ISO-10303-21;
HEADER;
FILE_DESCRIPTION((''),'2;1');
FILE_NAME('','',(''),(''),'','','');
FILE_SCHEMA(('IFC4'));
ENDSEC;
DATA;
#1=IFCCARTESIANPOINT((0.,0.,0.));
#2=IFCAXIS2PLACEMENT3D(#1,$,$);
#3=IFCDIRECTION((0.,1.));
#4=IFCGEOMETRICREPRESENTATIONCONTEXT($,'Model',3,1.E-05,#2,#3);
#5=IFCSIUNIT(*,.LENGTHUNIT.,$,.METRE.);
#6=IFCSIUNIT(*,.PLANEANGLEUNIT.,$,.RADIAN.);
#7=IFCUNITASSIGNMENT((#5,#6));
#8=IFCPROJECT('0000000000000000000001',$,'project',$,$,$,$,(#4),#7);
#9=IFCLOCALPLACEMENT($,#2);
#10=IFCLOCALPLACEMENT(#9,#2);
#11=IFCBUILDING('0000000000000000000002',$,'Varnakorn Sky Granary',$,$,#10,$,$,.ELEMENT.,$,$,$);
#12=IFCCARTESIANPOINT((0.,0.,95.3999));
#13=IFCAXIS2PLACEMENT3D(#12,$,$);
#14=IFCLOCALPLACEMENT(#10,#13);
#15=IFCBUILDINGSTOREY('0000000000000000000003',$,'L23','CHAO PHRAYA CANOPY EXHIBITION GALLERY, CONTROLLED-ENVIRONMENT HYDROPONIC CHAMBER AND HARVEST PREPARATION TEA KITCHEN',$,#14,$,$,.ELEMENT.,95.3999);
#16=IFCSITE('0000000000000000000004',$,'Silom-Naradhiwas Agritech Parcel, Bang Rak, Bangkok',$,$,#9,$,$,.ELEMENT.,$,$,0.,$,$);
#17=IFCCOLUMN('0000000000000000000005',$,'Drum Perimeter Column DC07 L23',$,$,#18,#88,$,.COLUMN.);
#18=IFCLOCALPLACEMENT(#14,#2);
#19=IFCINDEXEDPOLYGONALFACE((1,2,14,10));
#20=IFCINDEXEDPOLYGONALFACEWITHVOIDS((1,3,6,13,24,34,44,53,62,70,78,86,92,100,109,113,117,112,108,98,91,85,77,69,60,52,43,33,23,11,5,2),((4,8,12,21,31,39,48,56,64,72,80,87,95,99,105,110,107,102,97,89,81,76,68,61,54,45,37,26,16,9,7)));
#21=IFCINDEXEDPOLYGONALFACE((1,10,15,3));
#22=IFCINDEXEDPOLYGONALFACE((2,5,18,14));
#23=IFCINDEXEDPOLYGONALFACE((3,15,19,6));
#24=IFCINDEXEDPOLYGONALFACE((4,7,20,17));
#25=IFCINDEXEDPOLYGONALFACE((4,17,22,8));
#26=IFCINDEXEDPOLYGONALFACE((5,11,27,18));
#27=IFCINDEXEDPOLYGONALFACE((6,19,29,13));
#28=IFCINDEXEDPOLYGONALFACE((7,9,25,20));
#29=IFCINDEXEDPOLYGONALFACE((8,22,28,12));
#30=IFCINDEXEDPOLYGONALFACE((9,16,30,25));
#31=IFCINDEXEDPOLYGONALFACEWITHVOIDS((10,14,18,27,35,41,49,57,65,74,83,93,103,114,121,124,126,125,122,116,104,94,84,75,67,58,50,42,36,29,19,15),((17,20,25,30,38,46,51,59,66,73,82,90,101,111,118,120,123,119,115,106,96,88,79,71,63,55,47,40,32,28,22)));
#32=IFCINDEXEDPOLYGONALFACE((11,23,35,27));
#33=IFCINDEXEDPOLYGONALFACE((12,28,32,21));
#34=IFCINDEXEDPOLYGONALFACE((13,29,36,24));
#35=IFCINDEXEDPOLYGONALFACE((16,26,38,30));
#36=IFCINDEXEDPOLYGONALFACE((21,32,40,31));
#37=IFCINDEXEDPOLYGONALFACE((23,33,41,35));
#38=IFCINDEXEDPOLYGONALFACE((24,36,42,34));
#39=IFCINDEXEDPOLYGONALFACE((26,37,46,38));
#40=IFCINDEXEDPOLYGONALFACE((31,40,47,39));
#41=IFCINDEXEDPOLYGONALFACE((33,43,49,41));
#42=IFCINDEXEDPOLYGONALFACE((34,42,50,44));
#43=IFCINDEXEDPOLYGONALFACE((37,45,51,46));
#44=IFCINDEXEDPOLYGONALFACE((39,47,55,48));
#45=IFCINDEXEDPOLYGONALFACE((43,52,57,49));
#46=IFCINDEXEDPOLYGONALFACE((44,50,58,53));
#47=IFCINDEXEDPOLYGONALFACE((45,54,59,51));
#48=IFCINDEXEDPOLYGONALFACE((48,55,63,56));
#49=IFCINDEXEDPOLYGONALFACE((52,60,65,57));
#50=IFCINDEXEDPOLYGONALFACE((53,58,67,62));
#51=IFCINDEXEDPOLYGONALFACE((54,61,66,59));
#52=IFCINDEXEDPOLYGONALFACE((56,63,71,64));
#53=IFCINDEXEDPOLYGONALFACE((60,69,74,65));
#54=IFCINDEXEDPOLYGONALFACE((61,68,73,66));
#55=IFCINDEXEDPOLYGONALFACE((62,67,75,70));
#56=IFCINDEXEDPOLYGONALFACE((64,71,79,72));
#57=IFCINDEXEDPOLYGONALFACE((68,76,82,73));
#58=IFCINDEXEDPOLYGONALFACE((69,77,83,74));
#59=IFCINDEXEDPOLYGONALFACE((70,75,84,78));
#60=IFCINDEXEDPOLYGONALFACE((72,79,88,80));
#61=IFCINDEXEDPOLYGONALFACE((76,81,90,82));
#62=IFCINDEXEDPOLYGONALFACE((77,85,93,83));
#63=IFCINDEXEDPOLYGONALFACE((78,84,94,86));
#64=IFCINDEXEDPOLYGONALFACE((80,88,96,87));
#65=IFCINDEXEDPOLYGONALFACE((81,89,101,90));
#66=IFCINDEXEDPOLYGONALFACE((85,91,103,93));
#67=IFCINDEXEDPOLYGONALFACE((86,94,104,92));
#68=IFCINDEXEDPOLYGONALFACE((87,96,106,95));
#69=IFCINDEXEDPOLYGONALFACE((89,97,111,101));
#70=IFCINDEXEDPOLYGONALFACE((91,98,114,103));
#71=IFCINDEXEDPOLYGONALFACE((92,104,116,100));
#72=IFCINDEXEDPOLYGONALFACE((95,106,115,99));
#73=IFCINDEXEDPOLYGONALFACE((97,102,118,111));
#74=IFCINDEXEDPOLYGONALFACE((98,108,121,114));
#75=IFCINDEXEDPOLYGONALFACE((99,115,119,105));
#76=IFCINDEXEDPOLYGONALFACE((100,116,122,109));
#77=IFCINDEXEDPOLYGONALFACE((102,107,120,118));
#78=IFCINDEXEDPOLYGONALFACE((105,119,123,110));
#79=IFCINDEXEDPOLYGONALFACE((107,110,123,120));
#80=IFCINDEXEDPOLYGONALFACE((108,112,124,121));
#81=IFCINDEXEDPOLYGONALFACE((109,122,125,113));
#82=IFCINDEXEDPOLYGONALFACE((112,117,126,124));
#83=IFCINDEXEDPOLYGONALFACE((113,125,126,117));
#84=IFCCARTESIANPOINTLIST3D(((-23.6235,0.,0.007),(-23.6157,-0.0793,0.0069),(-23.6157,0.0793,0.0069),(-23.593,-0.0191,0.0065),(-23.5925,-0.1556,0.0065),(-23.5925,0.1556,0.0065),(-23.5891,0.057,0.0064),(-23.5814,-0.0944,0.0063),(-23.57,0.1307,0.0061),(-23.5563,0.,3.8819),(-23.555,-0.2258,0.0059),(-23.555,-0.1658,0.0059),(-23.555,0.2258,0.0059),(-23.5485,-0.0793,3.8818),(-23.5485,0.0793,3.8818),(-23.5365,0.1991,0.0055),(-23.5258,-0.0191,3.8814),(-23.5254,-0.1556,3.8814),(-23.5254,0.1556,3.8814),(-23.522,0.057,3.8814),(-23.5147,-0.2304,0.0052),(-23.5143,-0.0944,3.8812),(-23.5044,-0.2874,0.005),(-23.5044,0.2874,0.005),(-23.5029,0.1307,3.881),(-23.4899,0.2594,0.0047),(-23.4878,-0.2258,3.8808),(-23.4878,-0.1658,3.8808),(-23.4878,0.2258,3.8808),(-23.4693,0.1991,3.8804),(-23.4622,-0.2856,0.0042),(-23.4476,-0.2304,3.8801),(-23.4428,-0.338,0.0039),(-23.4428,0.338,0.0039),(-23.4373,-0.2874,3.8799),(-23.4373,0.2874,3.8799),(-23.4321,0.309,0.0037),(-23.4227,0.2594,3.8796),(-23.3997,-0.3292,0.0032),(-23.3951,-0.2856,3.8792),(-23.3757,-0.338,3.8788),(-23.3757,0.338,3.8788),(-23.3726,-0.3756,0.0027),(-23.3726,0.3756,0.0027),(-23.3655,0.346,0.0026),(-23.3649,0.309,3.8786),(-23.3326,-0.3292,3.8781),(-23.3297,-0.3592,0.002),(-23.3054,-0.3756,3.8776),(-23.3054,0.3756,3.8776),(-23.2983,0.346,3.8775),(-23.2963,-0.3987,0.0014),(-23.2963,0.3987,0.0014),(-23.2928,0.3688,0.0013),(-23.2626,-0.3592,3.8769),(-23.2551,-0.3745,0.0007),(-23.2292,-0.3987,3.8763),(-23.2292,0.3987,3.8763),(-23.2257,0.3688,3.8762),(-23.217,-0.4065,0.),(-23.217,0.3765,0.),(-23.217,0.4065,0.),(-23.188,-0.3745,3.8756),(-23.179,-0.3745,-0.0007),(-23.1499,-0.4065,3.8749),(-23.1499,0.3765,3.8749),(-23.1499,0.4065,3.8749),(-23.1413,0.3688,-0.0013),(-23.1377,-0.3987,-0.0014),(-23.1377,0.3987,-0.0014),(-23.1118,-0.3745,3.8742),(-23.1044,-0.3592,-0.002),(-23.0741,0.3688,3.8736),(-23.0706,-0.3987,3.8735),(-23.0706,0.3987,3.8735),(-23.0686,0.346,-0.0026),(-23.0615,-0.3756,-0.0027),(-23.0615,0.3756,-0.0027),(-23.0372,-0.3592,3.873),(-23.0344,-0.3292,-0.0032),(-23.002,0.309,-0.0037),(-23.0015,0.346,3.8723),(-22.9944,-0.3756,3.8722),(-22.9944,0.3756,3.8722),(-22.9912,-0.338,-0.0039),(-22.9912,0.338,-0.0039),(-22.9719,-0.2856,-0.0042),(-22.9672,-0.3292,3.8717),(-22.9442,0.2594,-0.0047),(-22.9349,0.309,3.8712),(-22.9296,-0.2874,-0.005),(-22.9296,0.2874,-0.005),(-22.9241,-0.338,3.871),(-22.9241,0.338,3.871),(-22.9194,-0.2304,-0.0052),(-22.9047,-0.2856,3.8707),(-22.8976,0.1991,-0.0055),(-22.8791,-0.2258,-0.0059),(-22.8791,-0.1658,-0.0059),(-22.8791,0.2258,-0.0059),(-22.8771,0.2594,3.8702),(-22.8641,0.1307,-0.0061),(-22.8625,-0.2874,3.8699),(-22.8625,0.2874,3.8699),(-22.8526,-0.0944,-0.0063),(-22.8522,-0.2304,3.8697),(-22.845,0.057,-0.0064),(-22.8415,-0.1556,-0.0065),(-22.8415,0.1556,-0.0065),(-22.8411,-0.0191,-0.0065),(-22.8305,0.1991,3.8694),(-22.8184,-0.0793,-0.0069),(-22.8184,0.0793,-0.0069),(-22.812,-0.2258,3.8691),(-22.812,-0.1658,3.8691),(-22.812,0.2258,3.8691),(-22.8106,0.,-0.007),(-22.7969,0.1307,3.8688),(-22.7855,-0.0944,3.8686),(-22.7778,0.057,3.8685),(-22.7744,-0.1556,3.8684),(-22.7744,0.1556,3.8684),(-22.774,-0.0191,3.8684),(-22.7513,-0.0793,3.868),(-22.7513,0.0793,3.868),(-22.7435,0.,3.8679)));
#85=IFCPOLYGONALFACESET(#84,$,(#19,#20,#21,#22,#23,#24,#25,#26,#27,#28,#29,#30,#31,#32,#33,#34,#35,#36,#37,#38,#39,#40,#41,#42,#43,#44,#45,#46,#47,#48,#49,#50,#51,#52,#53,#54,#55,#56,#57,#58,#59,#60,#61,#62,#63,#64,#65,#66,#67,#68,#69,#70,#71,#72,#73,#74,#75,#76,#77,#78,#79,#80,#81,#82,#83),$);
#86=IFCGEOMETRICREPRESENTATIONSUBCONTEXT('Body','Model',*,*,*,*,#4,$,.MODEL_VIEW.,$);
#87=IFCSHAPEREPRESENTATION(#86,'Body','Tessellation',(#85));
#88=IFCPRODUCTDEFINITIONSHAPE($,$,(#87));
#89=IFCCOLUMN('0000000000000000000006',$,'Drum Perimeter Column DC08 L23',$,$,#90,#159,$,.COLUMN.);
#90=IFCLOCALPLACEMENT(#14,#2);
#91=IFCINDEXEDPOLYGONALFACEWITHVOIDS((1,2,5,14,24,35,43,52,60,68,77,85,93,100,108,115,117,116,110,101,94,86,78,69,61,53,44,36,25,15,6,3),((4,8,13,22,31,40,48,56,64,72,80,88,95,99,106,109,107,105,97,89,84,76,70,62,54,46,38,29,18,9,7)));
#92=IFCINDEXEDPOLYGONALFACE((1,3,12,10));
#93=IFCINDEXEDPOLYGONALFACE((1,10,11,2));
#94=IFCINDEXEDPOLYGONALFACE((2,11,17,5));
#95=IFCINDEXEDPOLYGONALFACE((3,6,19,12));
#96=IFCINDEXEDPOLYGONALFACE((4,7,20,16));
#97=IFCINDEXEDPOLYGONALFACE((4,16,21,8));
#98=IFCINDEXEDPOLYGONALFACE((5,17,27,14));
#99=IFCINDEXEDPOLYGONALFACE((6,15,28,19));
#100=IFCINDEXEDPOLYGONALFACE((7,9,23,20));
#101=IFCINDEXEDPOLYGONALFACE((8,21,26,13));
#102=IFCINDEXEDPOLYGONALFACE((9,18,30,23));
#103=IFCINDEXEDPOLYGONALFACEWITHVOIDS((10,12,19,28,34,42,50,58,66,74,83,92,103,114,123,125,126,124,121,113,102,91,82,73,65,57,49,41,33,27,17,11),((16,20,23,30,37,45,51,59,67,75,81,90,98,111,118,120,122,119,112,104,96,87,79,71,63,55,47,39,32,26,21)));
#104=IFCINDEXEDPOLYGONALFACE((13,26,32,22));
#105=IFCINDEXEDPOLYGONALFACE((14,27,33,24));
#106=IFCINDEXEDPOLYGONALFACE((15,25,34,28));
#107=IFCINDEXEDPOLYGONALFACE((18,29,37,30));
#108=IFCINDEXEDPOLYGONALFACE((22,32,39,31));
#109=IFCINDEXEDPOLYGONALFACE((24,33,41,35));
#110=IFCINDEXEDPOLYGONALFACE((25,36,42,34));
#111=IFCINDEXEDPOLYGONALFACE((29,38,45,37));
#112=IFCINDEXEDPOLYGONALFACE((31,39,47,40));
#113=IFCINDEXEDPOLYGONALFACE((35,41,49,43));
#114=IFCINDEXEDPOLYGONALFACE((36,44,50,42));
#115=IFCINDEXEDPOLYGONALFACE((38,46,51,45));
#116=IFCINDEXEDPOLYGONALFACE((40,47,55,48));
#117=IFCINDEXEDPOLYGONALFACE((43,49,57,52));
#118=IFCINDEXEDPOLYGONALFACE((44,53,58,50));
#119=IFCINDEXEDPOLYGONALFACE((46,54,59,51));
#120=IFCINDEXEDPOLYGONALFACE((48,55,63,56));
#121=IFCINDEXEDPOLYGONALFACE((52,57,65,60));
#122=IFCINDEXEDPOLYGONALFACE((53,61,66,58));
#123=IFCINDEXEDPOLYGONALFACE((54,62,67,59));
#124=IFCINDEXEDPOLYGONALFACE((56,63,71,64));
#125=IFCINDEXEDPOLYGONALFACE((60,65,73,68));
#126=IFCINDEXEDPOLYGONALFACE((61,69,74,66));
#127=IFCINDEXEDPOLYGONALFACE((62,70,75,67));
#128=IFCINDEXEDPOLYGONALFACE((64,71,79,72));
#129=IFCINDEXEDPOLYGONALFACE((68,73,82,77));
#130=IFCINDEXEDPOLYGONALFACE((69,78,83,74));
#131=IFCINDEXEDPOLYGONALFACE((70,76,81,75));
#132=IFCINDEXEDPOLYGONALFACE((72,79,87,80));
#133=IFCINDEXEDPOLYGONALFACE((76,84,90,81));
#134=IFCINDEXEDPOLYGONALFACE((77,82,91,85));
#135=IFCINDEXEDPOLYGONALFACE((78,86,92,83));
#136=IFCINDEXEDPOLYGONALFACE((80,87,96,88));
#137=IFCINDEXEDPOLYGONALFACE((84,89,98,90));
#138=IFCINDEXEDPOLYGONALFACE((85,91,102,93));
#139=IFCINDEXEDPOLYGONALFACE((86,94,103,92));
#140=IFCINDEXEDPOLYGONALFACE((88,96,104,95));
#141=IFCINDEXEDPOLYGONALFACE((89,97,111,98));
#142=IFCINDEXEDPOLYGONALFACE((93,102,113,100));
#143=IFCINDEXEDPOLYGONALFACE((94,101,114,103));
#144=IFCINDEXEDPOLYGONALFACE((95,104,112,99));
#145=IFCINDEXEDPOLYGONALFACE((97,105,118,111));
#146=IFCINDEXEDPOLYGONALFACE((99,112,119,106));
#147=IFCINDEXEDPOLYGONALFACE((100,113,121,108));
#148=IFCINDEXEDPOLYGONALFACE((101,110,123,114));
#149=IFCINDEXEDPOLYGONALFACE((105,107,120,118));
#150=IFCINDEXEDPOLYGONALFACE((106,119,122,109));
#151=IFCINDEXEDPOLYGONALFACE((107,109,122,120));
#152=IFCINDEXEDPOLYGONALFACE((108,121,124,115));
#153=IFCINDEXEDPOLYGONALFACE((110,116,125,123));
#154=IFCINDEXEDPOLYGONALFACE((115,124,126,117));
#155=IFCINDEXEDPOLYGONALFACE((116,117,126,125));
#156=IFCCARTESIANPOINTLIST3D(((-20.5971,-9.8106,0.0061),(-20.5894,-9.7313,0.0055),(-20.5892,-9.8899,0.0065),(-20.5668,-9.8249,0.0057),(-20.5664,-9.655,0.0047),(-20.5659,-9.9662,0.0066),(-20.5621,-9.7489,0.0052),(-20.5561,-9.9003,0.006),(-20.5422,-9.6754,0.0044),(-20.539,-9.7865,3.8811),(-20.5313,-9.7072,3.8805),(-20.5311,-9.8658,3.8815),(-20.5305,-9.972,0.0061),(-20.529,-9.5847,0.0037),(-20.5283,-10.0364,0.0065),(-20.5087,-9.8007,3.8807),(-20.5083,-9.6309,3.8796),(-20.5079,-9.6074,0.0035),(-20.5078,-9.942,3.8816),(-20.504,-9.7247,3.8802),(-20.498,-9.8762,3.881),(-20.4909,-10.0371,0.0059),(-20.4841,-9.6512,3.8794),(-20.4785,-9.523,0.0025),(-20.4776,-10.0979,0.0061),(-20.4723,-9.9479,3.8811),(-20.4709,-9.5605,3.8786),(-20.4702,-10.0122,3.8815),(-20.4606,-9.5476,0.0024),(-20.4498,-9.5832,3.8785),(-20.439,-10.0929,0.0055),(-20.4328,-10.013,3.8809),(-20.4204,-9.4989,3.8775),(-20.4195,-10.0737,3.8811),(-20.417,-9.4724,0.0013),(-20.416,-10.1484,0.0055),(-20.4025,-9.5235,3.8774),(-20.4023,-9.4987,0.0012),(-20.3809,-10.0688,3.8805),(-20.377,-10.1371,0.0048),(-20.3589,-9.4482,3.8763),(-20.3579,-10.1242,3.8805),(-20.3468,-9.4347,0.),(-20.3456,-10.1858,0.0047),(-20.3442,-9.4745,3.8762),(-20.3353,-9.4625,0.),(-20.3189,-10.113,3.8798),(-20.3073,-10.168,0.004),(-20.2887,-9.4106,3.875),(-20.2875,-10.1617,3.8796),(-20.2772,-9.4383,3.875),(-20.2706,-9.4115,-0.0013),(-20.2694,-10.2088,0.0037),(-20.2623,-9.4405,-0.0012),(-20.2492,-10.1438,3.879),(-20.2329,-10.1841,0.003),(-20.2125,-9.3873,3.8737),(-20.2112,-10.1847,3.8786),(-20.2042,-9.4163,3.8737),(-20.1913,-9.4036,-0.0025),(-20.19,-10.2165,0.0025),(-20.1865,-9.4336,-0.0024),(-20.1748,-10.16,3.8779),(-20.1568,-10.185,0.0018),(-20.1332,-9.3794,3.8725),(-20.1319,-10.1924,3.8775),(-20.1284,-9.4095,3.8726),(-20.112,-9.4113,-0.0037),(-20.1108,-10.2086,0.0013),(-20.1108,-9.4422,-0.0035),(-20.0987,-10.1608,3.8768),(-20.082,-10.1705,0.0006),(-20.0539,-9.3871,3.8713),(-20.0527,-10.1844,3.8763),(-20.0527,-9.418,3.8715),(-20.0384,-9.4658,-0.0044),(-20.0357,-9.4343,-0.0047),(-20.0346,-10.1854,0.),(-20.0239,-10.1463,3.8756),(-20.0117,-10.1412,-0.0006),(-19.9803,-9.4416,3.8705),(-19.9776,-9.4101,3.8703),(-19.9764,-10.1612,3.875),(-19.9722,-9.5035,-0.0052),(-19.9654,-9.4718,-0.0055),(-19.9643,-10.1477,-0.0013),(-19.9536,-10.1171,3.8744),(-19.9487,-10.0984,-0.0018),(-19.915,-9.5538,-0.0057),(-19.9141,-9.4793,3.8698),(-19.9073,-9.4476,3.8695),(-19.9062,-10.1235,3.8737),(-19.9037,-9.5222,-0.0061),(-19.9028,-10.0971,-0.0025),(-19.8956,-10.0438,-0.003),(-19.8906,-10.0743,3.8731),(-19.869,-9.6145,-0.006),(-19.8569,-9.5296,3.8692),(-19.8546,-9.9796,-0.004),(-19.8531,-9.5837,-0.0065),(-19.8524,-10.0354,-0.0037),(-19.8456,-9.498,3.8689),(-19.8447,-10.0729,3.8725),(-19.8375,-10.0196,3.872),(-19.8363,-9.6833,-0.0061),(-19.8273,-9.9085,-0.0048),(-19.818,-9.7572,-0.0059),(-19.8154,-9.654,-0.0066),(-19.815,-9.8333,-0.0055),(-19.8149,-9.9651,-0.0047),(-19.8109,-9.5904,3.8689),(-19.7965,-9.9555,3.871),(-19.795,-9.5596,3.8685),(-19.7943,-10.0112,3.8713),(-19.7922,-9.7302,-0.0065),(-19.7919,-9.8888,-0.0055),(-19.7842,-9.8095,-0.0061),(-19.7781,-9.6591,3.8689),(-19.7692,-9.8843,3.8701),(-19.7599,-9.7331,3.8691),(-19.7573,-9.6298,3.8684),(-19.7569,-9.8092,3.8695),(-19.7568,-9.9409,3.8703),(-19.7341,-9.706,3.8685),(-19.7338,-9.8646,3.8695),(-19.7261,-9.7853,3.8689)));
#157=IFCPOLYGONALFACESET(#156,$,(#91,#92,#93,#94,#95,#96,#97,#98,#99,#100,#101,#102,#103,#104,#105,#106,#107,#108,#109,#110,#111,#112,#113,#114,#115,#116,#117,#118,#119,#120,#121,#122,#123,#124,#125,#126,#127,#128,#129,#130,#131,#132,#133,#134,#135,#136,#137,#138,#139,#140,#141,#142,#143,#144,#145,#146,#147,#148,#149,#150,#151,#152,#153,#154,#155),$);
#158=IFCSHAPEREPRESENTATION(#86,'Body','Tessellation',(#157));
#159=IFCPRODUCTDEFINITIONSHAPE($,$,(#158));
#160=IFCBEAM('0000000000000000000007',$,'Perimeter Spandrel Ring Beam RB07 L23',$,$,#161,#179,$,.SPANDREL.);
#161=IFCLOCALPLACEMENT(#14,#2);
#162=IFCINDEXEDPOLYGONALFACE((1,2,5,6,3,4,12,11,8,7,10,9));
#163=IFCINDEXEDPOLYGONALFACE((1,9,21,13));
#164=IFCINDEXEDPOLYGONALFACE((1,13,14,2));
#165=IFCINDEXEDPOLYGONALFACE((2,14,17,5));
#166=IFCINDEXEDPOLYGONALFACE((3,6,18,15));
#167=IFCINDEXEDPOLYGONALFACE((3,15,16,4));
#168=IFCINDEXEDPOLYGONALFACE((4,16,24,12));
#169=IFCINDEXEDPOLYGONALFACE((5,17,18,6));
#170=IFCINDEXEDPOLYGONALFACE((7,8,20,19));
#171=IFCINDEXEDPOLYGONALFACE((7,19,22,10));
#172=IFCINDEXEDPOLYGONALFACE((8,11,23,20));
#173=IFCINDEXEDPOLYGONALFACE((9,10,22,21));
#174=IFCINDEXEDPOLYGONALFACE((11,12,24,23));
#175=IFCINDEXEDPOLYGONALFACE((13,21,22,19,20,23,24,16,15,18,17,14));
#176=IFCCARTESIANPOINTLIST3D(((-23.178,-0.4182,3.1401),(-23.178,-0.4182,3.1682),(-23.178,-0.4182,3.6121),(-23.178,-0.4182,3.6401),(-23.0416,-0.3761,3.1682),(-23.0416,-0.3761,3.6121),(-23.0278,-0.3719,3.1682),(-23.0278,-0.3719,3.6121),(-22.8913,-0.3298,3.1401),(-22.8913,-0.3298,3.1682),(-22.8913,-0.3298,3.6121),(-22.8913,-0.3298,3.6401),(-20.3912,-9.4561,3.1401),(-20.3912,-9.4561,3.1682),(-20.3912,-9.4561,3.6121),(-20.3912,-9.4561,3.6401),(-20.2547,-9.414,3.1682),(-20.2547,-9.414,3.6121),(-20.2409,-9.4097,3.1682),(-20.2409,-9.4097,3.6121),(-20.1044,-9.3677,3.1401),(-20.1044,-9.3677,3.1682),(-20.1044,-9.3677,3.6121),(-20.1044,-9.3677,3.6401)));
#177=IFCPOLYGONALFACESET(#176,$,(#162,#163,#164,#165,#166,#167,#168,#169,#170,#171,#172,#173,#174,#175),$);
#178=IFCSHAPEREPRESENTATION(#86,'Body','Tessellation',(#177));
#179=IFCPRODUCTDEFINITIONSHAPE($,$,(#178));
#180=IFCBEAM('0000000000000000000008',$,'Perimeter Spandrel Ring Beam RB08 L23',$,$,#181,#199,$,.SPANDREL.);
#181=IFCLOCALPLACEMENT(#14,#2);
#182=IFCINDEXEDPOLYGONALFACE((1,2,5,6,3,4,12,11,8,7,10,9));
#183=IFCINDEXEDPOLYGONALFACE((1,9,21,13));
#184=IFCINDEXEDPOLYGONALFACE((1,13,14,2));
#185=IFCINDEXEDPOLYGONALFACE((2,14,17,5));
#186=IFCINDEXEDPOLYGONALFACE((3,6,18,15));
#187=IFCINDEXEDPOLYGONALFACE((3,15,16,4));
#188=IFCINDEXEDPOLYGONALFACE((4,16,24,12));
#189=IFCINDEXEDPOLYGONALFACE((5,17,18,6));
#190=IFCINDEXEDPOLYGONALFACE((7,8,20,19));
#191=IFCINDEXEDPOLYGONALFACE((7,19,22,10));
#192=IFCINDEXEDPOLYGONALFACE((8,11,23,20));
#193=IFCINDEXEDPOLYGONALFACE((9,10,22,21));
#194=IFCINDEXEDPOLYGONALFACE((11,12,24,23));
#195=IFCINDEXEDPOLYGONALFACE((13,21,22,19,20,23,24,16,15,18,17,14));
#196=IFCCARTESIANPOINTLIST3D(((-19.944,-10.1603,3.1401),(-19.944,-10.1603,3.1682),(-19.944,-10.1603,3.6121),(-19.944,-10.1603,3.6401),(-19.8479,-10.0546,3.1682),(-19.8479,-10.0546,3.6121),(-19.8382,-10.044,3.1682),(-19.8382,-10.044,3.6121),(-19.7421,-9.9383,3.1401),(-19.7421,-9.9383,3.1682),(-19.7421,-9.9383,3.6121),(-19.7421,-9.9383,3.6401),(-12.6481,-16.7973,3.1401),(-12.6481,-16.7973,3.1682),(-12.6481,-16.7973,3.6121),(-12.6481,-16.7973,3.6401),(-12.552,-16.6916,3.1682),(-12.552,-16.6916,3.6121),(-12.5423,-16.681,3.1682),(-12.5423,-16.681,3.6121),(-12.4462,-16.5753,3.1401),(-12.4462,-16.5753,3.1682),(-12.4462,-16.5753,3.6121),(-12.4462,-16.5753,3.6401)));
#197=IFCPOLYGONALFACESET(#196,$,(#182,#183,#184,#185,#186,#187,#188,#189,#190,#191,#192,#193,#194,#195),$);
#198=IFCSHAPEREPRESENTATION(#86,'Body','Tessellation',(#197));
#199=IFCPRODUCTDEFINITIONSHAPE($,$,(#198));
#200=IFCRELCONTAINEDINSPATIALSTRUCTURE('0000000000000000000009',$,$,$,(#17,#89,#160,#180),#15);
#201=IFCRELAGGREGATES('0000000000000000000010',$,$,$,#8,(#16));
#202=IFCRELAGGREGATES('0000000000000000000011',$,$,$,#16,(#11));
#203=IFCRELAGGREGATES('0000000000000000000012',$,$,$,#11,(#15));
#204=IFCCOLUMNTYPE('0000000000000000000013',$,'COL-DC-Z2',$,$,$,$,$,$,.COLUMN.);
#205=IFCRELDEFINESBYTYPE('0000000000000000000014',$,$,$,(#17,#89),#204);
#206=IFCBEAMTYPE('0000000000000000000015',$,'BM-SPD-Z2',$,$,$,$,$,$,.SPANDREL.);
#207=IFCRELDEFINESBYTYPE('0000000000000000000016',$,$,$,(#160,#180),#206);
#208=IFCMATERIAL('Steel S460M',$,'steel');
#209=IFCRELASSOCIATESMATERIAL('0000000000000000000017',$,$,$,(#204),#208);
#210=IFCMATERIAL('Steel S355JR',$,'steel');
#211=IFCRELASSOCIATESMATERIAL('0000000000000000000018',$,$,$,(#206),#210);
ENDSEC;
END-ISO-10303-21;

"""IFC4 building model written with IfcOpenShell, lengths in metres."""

from ifc_helpers import new_model, si_unit, direction, frame, origin, origin_2d, place, context, subcontext, project, spatial, hollow_circle, i_section, extrude, material, material_profile, profile_set, type_object, element, save


model = new_model("IFC4")

# Units and contexts
model_context = context("Model", 3, precision=1e-05, world=origin(), true_north=direction((0.0, 1.0)))
body_context = subcontext(model_context, "Body", "Model", "MODEL_VIEW")
ifc_project = project(units=[si_unit("LENGTHUNIT", "METRE"), si_unit("PLANEANGLEUNIT", "RADIAN")], contexts=[model_context])

# Site, building, storey
site_placement = place(None, origin())
site = spatial("IfcSite", under=ifc_project, at=site_placement, Name="Silom-Naradhiwas Agritech Parcel, Bang Rak, Bangkok", CompositionType="ELEMENT", RefElevation=0.0)
building_placement = place(site_placement, origin())
building = spatial("IfcBuilding", under=site, at=building_placement, Name="Varnakorn Sky Granary", CompositionType="ELEMENT")
storey_placement = place(building_placement, frame((0.0, 0.0, 95.3999)))
storey = spatial("IfcBuildingStorey", under=building, at=storey_placement, Name="L23", Description="CHAO PHRAYA CANOPY EXHIBITION GALLERY, CONTROLLED-ENVIRONMENT HYDROPONIC CHAMBER AND HARVEST PREPARATION TEA KITCHEN", CompositionType="ELEMENT", Elevation=95.3999)

# Columns
ifc_material_1 = material(Name="Steel S460M", Category="steel")
ifc_material_profile_1 = material_profile(ifc_material_1, hollow_circle(Radius=0.4065, WallThickness=0.03, at=origin_2d()), Name="CHS 813x30")
ifc_profile_set_1 = profile_set([ifc_material_profile_1], Name="Steel S460M")
column_type = type_object("IfcColumnType", Name="COL-DC-Z2", PredefinedType="COLUMN", material=ifc_profile_set_1)
for number, where, z_axis, x_axis, name in (
    (1, (-23.217, 0.0, 0.0), (0.017324, 0.0, 0.99985), (0.0, 1.0, 0.0), "Drum Perimeter Column DC07 L23"),
    (2, (-20.1907, -9.8101, 0.0), (0.014993, 0.006237, 0.999868), (-0.384064, 0.923306, 0.0), "Drum Perimeter Column DC08 L23"),
):
    element("IfcColumn", number, at=place(storey_placement, frame(where, z_axis=z_axis, x_axis=x_axis)), inside=storey, type_object=column_type, Name=name, PredefinedType="COLUMN", context=body_context, shape_type="SweptSolid", body=[
        extrude(hollow_circle(Radius=0.4065, WallThickness=0.03, at=origin_2d()), origin(), (0.0, 0.0, 1.0), 3.8755),
    ])

# Beams
ifc_material_2 = material(Name="Steel S355JR", Category="steel")
ifc_material_profile_2 = material_profile(ifc_material_2, i_section(OverallWidth=0.3, OverallDepth=0.5, WebThickness=0.0144, FlangeThickness=0.0281, at=origin_2d()), Name="HE 500 B")
ifc_profile_set_2 = profile_set([ifc_material_profile_2], Name="Steel S355JR")
beam_type = type_object("IfcBeamType", Name="BM-SPD-Z2", PredefinedType="SPANDREL", material=ifc_profile_set_2)
beam_1_placement = place(storey_placement, frame((-23.0347, -0.374, 3.3901), z_axis=(0.294664, -0.955601, 0.0), x_axis=(0.955601, 0.294664, 0.0)))
element("IfcBeam", 3, at=beam_1_placement, inside=storey, type_object=beam_type, Name="Perimeter Spandrel Ring Beam RB07 L23", PredefinedType="SPANDREL", context=body_context, shape_type="SweptSolid", body=[
    extrude(i_section(OverallWidth=0.3, OverallDepth=0.5, WebThickness=0.0144, FlangeThickness=0.0281, at=origin_2d()), origin(), (0.0, 0.0, 1.0), 9.4578),
])
beam_2_placement = place(storey_placement, frame((-19.843, -10.0493, 3.3901), z_axis=(0.739722, -0.672913, 0.0), x_axis=(0.672913, 0.739722, 0.0)))
element("IfcBeam", 4, at=beam_2_placement, inside=storey, type_object=beam_type, Name="Perimeter Spandrel Ring Beam RB08 L23", PredefinedType="SPANDREL", context=body_context, shape_type="SweptSolid", body=[
    extrude(i_section(OverallWidth=0.3, OverallDepth=0.5, WebThickness=0.0144, FlangeThickness=0.0281, at=origin_2d()), origin(), (0.0, 0.0, 1.0), 9.863),
])

save(model, "model.ifc")
